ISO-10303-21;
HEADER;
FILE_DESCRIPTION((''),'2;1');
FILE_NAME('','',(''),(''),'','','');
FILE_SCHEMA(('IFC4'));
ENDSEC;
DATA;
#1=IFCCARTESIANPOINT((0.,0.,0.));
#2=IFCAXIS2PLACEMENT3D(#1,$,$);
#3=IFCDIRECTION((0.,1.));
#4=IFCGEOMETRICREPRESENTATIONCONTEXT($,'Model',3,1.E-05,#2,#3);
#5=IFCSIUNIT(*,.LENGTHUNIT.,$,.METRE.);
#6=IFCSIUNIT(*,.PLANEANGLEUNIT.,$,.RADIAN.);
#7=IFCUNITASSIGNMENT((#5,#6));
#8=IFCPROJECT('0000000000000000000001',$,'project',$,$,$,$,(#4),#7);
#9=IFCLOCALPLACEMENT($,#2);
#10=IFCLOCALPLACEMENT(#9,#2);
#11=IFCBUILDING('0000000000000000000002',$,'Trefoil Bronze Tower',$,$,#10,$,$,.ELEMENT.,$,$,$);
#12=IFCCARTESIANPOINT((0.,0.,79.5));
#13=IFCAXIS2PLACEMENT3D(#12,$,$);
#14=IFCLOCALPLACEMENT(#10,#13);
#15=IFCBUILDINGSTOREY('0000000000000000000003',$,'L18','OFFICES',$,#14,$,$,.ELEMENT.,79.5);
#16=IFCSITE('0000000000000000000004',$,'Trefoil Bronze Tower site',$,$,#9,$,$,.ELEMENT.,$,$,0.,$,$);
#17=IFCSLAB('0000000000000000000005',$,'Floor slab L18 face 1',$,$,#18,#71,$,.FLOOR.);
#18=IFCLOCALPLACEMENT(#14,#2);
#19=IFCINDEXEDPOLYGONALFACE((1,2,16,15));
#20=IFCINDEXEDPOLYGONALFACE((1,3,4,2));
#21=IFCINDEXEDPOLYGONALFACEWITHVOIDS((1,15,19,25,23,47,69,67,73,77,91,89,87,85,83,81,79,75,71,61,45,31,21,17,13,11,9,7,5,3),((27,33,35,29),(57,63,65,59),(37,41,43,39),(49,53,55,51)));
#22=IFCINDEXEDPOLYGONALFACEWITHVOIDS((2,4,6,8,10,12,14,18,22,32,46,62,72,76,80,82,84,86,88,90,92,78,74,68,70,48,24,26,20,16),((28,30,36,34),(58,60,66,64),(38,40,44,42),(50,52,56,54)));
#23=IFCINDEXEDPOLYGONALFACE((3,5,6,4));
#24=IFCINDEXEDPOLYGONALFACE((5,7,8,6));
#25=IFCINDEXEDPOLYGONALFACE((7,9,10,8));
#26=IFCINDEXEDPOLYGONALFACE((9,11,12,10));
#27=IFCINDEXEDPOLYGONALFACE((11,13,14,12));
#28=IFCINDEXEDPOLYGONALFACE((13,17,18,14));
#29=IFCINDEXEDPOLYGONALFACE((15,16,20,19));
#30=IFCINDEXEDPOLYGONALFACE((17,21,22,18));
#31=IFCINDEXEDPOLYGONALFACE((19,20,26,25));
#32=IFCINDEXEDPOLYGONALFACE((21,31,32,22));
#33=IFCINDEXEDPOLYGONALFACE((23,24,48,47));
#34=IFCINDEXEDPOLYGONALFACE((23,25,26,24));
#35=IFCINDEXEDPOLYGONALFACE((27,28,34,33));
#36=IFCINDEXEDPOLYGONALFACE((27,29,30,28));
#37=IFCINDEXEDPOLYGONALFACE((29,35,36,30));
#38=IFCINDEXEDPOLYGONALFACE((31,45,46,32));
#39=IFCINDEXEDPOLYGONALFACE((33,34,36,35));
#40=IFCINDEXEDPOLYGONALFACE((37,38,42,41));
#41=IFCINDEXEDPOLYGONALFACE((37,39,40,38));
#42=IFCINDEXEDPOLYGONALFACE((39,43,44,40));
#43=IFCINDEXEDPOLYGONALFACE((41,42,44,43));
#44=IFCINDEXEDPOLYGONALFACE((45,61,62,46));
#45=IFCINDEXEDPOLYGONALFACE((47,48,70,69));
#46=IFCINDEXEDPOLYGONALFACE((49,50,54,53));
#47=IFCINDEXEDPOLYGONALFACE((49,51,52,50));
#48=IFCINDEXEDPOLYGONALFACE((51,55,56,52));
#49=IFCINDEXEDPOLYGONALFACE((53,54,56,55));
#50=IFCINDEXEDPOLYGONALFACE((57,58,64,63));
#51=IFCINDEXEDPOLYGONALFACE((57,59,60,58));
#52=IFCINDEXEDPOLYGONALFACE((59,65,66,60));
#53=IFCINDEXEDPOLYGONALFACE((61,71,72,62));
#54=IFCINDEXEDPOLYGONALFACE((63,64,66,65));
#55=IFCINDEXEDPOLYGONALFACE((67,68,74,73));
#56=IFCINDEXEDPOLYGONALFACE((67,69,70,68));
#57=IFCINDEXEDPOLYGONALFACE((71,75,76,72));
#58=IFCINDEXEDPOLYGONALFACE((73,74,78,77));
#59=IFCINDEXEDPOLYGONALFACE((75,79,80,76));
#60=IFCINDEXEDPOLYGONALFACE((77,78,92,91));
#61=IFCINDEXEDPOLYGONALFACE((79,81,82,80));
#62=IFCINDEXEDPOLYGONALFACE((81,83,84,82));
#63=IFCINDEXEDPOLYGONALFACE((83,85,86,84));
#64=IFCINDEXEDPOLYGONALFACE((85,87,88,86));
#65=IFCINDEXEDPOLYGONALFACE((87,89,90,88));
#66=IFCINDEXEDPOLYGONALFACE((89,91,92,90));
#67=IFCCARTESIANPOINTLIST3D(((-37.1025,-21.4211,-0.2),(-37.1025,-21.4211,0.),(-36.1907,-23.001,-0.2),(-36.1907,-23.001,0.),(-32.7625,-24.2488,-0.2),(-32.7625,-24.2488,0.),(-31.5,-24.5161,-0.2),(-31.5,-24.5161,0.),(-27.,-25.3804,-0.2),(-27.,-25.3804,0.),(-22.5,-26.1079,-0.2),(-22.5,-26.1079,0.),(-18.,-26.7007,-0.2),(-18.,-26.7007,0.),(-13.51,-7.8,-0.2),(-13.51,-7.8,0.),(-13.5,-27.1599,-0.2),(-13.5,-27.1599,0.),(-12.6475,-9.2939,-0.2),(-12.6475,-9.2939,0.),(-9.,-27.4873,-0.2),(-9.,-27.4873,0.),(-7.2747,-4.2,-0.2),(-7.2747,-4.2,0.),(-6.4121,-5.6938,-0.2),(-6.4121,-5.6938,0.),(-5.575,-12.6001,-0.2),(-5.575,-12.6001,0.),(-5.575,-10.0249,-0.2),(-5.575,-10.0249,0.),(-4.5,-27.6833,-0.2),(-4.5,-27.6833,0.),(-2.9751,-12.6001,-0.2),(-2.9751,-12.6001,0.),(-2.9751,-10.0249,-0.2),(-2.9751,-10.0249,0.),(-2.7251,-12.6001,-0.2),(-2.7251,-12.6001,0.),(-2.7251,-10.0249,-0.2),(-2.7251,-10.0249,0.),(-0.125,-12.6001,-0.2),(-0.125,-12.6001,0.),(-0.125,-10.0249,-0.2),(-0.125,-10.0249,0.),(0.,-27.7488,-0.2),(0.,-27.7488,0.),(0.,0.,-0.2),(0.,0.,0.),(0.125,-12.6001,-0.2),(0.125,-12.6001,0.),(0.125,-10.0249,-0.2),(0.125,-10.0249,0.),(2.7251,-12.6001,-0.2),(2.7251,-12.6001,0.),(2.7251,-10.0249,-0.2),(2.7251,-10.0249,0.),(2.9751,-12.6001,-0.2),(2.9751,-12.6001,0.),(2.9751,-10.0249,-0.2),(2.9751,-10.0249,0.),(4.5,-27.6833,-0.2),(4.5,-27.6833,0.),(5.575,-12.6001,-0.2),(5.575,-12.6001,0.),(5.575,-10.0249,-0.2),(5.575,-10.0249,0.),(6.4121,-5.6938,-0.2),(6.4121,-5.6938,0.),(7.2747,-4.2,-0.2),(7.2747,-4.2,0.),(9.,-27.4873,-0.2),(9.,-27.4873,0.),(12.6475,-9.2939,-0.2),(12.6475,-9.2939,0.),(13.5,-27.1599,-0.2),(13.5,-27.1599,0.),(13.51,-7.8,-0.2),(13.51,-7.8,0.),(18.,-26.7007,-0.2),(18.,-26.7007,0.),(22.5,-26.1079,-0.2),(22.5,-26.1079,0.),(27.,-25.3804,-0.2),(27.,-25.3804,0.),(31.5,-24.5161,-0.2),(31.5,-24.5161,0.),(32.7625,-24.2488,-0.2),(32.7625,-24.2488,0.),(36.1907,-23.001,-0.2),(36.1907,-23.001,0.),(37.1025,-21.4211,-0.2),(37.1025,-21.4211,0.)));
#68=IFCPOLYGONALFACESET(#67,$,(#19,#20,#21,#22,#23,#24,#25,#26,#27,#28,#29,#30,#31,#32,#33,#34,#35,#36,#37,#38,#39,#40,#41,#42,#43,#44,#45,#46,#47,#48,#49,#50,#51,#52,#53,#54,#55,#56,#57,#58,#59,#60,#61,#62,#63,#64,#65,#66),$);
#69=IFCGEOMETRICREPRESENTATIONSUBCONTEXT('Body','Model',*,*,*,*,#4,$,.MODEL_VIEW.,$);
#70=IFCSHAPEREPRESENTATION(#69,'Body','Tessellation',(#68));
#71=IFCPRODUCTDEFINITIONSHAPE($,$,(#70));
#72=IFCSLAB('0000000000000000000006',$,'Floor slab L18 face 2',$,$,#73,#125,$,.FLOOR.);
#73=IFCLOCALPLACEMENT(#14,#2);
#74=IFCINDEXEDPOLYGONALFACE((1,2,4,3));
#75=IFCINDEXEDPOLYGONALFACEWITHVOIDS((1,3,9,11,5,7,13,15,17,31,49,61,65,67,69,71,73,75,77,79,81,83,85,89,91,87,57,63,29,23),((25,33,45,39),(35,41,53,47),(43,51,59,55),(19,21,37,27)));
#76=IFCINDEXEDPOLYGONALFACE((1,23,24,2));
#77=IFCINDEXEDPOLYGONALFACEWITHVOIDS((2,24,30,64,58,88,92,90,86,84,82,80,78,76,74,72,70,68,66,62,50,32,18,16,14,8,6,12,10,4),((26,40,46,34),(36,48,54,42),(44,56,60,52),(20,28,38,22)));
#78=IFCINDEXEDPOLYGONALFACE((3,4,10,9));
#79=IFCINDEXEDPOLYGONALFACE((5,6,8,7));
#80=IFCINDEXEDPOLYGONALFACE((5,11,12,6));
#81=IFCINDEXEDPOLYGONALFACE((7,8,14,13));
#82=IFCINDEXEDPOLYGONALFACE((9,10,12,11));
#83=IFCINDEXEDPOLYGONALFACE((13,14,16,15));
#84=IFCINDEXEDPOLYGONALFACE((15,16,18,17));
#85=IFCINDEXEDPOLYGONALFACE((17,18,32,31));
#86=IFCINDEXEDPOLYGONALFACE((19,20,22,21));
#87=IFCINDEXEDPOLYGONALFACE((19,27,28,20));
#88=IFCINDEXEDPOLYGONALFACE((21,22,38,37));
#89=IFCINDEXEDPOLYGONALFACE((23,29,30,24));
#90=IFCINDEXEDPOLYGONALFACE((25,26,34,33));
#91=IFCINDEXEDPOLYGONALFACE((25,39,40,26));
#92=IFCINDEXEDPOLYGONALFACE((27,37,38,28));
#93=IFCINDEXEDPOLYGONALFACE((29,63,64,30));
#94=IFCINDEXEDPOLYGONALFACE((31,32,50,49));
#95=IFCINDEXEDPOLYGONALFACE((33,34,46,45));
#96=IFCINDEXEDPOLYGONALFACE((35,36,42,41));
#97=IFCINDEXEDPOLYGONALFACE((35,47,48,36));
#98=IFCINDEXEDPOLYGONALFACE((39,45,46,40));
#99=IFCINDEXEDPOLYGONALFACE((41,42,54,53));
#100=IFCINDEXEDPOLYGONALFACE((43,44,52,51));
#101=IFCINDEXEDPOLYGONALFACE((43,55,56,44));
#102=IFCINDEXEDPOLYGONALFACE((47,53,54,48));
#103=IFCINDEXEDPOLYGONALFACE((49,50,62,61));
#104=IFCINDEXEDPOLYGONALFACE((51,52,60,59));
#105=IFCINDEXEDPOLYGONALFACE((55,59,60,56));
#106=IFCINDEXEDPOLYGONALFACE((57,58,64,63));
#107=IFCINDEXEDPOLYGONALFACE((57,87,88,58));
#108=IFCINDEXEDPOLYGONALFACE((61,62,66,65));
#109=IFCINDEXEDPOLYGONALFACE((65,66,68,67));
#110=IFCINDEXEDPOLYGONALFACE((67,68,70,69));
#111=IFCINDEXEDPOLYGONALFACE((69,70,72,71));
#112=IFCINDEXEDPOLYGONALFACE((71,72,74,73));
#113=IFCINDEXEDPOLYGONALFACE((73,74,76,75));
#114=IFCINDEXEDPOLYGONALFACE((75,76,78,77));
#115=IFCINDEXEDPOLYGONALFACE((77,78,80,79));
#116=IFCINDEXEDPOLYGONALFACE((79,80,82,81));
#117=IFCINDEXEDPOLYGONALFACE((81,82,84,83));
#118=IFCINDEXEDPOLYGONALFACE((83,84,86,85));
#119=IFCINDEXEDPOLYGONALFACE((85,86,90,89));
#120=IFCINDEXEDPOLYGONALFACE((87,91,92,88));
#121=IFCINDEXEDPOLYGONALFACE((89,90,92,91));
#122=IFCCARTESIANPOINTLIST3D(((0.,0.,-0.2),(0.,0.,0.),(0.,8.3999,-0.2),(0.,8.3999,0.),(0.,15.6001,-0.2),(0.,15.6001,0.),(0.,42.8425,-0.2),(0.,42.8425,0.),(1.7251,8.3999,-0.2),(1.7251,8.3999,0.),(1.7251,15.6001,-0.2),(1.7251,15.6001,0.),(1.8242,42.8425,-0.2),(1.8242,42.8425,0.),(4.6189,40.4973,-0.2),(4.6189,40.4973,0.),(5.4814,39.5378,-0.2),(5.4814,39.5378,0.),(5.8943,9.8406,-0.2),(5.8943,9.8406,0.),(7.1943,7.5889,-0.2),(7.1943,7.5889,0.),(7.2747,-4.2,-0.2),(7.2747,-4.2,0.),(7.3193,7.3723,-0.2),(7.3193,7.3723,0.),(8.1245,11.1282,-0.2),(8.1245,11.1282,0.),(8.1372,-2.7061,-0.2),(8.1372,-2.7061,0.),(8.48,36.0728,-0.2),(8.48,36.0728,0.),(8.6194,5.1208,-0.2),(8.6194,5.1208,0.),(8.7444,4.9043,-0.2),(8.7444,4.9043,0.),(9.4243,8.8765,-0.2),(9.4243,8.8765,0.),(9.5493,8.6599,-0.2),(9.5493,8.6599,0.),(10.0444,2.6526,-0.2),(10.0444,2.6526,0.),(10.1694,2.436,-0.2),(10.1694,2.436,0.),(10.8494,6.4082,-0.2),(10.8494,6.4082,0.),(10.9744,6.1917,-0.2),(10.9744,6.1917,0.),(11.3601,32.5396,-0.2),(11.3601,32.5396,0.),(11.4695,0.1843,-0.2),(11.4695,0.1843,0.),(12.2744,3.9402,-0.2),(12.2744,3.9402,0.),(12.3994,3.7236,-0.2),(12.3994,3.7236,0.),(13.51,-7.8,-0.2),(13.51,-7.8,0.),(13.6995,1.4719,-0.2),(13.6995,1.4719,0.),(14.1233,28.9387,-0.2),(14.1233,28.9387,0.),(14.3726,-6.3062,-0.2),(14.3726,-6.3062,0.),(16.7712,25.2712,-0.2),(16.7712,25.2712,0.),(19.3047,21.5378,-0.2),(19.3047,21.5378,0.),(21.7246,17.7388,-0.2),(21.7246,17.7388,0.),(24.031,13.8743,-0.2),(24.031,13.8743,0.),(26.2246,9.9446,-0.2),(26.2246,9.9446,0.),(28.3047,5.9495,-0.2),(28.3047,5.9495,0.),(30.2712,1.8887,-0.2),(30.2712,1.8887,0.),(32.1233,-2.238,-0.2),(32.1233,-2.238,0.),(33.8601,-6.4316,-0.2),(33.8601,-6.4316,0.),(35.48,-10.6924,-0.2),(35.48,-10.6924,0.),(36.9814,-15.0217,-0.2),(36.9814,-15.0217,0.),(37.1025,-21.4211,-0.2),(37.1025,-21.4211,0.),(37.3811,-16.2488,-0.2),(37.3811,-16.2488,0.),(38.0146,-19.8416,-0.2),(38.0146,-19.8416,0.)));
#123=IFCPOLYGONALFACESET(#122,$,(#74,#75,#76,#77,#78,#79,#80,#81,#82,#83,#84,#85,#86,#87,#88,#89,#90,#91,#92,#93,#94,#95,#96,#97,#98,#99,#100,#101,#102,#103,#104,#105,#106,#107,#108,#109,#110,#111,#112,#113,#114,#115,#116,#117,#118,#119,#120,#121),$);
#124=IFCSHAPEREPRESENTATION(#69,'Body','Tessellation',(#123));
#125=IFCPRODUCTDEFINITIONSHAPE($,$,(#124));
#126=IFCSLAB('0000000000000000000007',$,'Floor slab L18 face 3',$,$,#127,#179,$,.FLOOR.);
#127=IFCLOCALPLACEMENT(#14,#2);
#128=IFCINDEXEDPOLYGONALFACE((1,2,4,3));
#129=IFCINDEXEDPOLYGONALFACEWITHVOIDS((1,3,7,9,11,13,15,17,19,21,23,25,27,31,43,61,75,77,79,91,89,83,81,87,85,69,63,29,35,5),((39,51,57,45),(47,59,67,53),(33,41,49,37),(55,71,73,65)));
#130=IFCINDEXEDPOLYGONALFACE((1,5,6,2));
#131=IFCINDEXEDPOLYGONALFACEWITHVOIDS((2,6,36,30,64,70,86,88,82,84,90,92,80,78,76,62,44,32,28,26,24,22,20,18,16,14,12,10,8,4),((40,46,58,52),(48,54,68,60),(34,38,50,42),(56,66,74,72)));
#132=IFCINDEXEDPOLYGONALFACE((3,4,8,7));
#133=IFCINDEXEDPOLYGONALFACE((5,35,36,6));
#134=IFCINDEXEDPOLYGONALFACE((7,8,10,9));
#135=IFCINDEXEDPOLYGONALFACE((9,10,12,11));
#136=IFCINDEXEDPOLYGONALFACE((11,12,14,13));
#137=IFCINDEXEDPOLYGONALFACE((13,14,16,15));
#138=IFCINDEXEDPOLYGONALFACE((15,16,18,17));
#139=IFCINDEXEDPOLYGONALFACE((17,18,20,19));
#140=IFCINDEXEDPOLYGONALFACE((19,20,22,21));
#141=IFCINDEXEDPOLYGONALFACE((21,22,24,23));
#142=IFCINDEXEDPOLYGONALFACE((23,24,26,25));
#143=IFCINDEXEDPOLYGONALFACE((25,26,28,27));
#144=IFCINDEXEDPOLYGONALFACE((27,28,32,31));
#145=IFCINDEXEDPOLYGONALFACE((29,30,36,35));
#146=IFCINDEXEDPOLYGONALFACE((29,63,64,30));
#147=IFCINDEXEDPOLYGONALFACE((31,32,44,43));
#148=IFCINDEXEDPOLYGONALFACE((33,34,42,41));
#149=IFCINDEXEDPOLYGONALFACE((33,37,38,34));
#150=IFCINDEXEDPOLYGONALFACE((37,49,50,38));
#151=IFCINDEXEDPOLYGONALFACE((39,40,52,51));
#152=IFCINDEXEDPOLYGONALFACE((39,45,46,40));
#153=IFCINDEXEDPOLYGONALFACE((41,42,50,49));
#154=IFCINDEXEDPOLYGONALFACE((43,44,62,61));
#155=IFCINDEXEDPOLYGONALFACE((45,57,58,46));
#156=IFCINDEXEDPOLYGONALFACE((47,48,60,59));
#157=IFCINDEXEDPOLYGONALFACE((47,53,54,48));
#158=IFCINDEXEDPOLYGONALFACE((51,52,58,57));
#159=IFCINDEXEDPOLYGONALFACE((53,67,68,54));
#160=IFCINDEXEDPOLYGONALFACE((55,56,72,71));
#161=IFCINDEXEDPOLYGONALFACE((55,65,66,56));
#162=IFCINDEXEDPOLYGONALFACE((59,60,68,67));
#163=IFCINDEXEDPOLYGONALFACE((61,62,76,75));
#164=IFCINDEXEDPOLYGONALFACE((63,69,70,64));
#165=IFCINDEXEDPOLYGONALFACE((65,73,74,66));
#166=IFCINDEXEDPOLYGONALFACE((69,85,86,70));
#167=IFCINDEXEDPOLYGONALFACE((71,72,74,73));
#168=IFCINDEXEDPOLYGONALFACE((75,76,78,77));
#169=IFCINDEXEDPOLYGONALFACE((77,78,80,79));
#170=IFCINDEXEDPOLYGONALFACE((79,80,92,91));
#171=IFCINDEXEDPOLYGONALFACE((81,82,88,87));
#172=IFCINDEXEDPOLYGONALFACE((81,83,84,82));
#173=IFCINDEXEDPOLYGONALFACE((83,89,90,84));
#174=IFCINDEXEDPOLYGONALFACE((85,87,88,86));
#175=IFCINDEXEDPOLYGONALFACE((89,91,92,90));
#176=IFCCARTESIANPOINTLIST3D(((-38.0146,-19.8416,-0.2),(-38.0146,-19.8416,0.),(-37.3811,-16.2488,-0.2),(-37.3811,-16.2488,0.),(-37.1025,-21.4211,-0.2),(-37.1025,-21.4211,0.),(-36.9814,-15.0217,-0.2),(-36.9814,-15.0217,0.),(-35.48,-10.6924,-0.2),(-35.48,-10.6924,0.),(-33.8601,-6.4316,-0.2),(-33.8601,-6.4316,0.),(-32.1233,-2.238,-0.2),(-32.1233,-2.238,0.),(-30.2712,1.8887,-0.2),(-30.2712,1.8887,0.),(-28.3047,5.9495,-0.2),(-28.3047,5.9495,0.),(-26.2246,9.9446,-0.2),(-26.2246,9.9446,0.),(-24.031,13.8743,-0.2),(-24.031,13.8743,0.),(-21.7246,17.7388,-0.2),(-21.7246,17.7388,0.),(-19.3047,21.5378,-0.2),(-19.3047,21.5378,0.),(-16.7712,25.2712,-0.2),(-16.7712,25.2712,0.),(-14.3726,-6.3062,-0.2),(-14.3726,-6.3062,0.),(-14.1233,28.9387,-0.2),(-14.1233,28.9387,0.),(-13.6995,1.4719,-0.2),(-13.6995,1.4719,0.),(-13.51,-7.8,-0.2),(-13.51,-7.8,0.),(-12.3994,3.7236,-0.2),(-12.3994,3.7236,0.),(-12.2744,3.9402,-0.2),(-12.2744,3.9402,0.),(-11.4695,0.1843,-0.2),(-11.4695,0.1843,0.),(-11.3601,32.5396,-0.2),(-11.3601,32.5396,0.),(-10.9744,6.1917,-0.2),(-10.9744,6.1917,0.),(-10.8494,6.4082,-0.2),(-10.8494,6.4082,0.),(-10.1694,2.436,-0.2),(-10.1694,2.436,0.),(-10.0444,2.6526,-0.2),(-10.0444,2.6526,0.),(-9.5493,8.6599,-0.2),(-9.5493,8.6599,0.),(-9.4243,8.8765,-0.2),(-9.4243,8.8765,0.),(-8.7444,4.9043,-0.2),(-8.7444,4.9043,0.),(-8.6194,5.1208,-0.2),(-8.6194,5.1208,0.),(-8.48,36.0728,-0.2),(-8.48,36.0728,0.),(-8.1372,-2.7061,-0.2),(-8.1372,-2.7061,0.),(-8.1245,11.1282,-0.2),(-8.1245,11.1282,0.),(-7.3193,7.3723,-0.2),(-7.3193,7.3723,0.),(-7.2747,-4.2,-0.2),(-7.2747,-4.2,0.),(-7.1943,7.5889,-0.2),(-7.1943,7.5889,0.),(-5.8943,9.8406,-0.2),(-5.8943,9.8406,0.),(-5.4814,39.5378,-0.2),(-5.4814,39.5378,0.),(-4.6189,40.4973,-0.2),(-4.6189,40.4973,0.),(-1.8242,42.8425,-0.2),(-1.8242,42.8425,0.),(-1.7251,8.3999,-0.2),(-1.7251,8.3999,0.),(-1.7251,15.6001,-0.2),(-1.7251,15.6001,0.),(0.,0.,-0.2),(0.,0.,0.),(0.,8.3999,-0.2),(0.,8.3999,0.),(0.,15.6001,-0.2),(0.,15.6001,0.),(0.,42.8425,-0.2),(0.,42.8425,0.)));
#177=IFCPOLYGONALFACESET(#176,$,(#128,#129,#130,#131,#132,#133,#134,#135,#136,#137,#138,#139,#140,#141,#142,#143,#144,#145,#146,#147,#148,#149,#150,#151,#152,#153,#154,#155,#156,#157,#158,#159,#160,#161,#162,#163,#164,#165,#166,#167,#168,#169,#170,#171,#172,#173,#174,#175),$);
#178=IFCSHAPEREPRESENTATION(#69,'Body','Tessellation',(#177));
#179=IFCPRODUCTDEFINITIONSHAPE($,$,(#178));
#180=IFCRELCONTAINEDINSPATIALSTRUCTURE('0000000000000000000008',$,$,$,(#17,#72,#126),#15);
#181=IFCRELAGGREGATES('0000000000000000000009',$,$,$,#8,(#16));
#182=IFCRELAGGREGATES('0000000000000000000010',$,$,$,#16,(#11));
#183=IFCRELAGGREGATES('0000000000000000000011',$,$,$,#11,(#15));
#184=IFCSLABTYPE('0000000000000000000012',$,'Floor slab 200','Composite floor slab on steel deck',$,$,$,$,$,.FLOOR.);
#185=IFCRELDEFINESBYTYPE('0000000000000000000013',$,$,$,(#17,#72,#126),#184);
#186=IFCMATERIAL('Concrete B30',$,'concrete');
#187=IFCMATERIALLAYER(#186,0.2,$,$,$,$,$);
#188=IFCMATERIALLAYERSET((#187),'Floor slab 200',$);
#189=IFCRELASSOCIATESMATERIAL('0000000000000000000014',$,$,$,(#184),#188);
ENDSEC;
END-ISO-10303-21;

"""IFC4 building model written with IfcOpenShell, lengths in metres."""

from ifc_helpers import new_model, si_unit, direction, frame, origin, place, context, subcontext, project, spatial, polyline, outline, extrude, material, layer, layer_set, type_object, element, save


model = new_model("IFC4")

# Units and contexts
model_context = context("Model", 3, precision=1e-05, world=origin(), true_north=direction((0.0, 1.0)))
body_context = subcontext(model_context, "Body", "Model", "MODEL_VIEW")
ifc_project = project(units=[si_unit("LENGTHUNIT", "METRE"), si_unit("PLANEANGLEUNIT", "RADIAN")], contexts=[model_context])

# Site, building, storey
site_placement = place(None, origin())
site = spatial("IfcSite", under=ifc_project, at=site_placement, Name="Trefoil Bronze Tower site", CompositionType="ELEMENT", RefElevation=0.0)
building_placement = place(site_placement, origin())
building = spatial("IfcBuilding", under=site, at=building_placement, Name="Trefoil Bronze Tower", CompositionType="ELEMENT")
storey_placement = place(building_placement, frame((0.0, 0.0, 79.5)))
storey = spatial("IfcBuildingStorey", under=building, at=storey_placement, Name="L18", Description="OFFICES", CompositionType="ELEMENT", Elevation=79.5)

# Slabs
ifc_material_1 = material(Name="Concrete B30", Category="concrete")
ifc_layer_1 = layer(ifc_material_1, 0.2)
ifc_layer_set_1 = layer_set([ifc_layer_1], Name="Floor slab 200")
slab_type = type_object("IfcSlabType", Name="Floor slab 200", Description="Composite floor slab on steel deck", PredefinedType="FLOOR", material=ifc_layer_set_1)
slab_1_placement = place(storey_placement, frame((0.0, 0.0, -0.2)))
element("IfcSlab", 1, at=slab_1_placement, inside=storey, type_object=slab_type, Name="Floor slab L18 face 1", PredefinedType="FLOOR", context=body_context, shape_type="SweptSolid", body=[
    extrude(outline(polyline([(27.0, -25.3804), (22.5, -26.1079), (18.0, -26.7007), (13.5, -27.1599), (9.0, -27.4873), (4.5, -27.6833), (0.0, -27.7488), (-4.5, -27.6833), (-9.0, -27.4873), (-13.5, -27.1599), (-18.0, -26.7007), (-22.5, -26.1079), (-27.0, -25.3804), (-31.5, -24.5161), (-32.7625, -24.2488), (-36.1907, -23.001), (-37.1025, -21.4211), (-13.51, -7.8), (-12.6475, -9.2939), (-6.4121, -5.6938), (-7.2747, -4.2), (0.0, 0.0), (7.2747, -4.2), (6.4121, -5.6938), (12.6475, -9.2939), (13.51, -7.8), (37.1025, -21.4211), (36.1907, -23.001), (32.7625, -24.2488), (31.5, -24.5161), (27.0, -25.3804)]), holes=[polyline([(-5.575, -10.0249), (-2.9751, -10.0249), (-2.9751, -12.6001), (-5.575, -12.6001), (-5.575, -10.0249)]), polyline([(-2.7251, -10.0249), (-0.125, -10.0249), (-0.125, -12.6001), (-2.7251, -12.6001), (-2.7251, -10.0249)]), polyline([(0.125, -10.0249), (2.7251, -10.0249), (2.7251, -12.6001), (0.125, -12.6001), (0.125, -10.0249)]), polyline([(2.9751, -10.0249), (5.575, -10.0249), (5.575, -12.6001), (2.9751, -12.6001), (2.9751, -10.0249)])]), origin(), (0.0, 0.0, 1.0), 0.2),
])
slab_2_placement = place(storey_placement, frame((0.0, 0.0, -0.2)))
element("IfcSlab", 2, at=slab_2_placement, inside=storey, type_object=slab_type, Name="Floor slab L18 face 2", PredefinedType="FLOOR", context=body_context, shape_type="SweptSolid", body=[
    extrude(outline(polyline([(8.48, 36.0728), (11.3601, 32.5396), (14.1233, 28.9387), (16.7712, 25.2712), (19.3047, 21.5378), (21.7246, 17.7388), (24.031, 13.8743), (26.2246, 9.9446), (28.3047, 5.9495), (30.2712, 1.8887), (32.1233, -2.238), (33.8601, -6.4316), (35.48, -10.6924), (36.9814, -15.0217), (37.3811, -16.2488), (38.0146, -19.8416), (37.1025, -21.4211), (13.51, -7.8), (14.3726, -6.3062), (8.1372, -2.7061), (7.2747, -4.2), (0.0, 0.0), (0.0, 8.3999), (1.7251, 8.3999), (1.7251, 15.6001), (0.0, 15.6001), (0.0, 42.8425), (1.8242, 42.8425), (4.6189, 40.4973), (5.4814, 39.5378), (8.48, 36.0728)]), holes=[polyline([(11.4695, 0.1843), (10.1694, 2.436), (12.3994, 3.7236), (13.6995, 1.4719), (11.4695, 0.1843)]), polyline([(10.0444, 2.6526), (8.7444, 4.9043), (10.9744, 6.1917), (12.2744, 3.9402), (10.0444, 2.6526)]), polyline([(8.6194, 5.1208), (7.3193, 7.3723), (9.5493, 8.6599), (10.8494, 6.4082), (8.6194, 5.1208)]), polyline([(7.1943, 7.5889), (5.8943, 9.8406), (8.1245, 11.1282), (9.4243, 8.8765), (7.1943, 7.5889)])]), origin(), (0.0, 0.0, 1.0), 0.2),
])
slab_3_placement = place(storey_placement, frame((0.0, 0.0, -0.2)))
element("IfcSlab", 3, at=slab_3_placement, inside=storey, type_object=slab_type, Name="Floor slab L18 face 3", PredefinedType="FLOOR", context=body_context, shape_type="SweptSolid", body=[
    extrude(outline(polyline([(-35.48, -10.6924), (-33.8601, -6.4316), (-32.1233, -2.238), (-30.2712, 1.8887), (-28.3047, 5.9495), (-26.2246, 9.9446), (-24.031, 13.8743), (-21.7246, 17.7388), (-19.3047, 21.5378), (-16.7712, 25.2712), (-14.1233, 28.9387), (-11.3601, 32.5396), (-8.48, 36.0728), (-5.4814, 39.5378), (-4.6189, 40.4973), (-1.8242, 42.8425), (0.0, 42.8425), (0.0, 15.6001), (-1.7251, 15.6001), (-1.7251, 8.3999), (0.0, 8.3999), (0.0, 0.0), (-7.2747, -4.2), (-8.1372, -2.7061), (-14.3726, -6.3062), (-13.51, -7.8), (-37.1025, -21.4211), (-38.0146, -19.8416), (-37.3811, -16.2488), (-36.9814, -15.0217), (-35.48, -10.6924)]), holes=[polyline([(-5.8943, 9.8406), (-7.1943, 7.5889), (-9.4243, 8.8765), (-8.1245, 11.1282), (-5.8943, 9.8406)]), polyline([(-7.3193, 7.3723), (-8.6194, 5.1208), (-10.8494, 6.4082), (-9.5493, 8.6599), (-7.3193, 7.3723)]), polyline([(-8.7444, 4.9043), (-10.0444, 2.6526), (-12.2744, 3.9402), (-10.9744, 6.1917), (-8.7444, 4.9043)]), polyline([(-10.1694, 2.436), (-11.4695, 0.1843), (-13.6995, 1.4719), (-12.3994, 3.7236), (-10.1694, 2.436)])]), origin(), (0.0, 0.0, 1.0), 0.2),
])

save(model, "model.ifc")
